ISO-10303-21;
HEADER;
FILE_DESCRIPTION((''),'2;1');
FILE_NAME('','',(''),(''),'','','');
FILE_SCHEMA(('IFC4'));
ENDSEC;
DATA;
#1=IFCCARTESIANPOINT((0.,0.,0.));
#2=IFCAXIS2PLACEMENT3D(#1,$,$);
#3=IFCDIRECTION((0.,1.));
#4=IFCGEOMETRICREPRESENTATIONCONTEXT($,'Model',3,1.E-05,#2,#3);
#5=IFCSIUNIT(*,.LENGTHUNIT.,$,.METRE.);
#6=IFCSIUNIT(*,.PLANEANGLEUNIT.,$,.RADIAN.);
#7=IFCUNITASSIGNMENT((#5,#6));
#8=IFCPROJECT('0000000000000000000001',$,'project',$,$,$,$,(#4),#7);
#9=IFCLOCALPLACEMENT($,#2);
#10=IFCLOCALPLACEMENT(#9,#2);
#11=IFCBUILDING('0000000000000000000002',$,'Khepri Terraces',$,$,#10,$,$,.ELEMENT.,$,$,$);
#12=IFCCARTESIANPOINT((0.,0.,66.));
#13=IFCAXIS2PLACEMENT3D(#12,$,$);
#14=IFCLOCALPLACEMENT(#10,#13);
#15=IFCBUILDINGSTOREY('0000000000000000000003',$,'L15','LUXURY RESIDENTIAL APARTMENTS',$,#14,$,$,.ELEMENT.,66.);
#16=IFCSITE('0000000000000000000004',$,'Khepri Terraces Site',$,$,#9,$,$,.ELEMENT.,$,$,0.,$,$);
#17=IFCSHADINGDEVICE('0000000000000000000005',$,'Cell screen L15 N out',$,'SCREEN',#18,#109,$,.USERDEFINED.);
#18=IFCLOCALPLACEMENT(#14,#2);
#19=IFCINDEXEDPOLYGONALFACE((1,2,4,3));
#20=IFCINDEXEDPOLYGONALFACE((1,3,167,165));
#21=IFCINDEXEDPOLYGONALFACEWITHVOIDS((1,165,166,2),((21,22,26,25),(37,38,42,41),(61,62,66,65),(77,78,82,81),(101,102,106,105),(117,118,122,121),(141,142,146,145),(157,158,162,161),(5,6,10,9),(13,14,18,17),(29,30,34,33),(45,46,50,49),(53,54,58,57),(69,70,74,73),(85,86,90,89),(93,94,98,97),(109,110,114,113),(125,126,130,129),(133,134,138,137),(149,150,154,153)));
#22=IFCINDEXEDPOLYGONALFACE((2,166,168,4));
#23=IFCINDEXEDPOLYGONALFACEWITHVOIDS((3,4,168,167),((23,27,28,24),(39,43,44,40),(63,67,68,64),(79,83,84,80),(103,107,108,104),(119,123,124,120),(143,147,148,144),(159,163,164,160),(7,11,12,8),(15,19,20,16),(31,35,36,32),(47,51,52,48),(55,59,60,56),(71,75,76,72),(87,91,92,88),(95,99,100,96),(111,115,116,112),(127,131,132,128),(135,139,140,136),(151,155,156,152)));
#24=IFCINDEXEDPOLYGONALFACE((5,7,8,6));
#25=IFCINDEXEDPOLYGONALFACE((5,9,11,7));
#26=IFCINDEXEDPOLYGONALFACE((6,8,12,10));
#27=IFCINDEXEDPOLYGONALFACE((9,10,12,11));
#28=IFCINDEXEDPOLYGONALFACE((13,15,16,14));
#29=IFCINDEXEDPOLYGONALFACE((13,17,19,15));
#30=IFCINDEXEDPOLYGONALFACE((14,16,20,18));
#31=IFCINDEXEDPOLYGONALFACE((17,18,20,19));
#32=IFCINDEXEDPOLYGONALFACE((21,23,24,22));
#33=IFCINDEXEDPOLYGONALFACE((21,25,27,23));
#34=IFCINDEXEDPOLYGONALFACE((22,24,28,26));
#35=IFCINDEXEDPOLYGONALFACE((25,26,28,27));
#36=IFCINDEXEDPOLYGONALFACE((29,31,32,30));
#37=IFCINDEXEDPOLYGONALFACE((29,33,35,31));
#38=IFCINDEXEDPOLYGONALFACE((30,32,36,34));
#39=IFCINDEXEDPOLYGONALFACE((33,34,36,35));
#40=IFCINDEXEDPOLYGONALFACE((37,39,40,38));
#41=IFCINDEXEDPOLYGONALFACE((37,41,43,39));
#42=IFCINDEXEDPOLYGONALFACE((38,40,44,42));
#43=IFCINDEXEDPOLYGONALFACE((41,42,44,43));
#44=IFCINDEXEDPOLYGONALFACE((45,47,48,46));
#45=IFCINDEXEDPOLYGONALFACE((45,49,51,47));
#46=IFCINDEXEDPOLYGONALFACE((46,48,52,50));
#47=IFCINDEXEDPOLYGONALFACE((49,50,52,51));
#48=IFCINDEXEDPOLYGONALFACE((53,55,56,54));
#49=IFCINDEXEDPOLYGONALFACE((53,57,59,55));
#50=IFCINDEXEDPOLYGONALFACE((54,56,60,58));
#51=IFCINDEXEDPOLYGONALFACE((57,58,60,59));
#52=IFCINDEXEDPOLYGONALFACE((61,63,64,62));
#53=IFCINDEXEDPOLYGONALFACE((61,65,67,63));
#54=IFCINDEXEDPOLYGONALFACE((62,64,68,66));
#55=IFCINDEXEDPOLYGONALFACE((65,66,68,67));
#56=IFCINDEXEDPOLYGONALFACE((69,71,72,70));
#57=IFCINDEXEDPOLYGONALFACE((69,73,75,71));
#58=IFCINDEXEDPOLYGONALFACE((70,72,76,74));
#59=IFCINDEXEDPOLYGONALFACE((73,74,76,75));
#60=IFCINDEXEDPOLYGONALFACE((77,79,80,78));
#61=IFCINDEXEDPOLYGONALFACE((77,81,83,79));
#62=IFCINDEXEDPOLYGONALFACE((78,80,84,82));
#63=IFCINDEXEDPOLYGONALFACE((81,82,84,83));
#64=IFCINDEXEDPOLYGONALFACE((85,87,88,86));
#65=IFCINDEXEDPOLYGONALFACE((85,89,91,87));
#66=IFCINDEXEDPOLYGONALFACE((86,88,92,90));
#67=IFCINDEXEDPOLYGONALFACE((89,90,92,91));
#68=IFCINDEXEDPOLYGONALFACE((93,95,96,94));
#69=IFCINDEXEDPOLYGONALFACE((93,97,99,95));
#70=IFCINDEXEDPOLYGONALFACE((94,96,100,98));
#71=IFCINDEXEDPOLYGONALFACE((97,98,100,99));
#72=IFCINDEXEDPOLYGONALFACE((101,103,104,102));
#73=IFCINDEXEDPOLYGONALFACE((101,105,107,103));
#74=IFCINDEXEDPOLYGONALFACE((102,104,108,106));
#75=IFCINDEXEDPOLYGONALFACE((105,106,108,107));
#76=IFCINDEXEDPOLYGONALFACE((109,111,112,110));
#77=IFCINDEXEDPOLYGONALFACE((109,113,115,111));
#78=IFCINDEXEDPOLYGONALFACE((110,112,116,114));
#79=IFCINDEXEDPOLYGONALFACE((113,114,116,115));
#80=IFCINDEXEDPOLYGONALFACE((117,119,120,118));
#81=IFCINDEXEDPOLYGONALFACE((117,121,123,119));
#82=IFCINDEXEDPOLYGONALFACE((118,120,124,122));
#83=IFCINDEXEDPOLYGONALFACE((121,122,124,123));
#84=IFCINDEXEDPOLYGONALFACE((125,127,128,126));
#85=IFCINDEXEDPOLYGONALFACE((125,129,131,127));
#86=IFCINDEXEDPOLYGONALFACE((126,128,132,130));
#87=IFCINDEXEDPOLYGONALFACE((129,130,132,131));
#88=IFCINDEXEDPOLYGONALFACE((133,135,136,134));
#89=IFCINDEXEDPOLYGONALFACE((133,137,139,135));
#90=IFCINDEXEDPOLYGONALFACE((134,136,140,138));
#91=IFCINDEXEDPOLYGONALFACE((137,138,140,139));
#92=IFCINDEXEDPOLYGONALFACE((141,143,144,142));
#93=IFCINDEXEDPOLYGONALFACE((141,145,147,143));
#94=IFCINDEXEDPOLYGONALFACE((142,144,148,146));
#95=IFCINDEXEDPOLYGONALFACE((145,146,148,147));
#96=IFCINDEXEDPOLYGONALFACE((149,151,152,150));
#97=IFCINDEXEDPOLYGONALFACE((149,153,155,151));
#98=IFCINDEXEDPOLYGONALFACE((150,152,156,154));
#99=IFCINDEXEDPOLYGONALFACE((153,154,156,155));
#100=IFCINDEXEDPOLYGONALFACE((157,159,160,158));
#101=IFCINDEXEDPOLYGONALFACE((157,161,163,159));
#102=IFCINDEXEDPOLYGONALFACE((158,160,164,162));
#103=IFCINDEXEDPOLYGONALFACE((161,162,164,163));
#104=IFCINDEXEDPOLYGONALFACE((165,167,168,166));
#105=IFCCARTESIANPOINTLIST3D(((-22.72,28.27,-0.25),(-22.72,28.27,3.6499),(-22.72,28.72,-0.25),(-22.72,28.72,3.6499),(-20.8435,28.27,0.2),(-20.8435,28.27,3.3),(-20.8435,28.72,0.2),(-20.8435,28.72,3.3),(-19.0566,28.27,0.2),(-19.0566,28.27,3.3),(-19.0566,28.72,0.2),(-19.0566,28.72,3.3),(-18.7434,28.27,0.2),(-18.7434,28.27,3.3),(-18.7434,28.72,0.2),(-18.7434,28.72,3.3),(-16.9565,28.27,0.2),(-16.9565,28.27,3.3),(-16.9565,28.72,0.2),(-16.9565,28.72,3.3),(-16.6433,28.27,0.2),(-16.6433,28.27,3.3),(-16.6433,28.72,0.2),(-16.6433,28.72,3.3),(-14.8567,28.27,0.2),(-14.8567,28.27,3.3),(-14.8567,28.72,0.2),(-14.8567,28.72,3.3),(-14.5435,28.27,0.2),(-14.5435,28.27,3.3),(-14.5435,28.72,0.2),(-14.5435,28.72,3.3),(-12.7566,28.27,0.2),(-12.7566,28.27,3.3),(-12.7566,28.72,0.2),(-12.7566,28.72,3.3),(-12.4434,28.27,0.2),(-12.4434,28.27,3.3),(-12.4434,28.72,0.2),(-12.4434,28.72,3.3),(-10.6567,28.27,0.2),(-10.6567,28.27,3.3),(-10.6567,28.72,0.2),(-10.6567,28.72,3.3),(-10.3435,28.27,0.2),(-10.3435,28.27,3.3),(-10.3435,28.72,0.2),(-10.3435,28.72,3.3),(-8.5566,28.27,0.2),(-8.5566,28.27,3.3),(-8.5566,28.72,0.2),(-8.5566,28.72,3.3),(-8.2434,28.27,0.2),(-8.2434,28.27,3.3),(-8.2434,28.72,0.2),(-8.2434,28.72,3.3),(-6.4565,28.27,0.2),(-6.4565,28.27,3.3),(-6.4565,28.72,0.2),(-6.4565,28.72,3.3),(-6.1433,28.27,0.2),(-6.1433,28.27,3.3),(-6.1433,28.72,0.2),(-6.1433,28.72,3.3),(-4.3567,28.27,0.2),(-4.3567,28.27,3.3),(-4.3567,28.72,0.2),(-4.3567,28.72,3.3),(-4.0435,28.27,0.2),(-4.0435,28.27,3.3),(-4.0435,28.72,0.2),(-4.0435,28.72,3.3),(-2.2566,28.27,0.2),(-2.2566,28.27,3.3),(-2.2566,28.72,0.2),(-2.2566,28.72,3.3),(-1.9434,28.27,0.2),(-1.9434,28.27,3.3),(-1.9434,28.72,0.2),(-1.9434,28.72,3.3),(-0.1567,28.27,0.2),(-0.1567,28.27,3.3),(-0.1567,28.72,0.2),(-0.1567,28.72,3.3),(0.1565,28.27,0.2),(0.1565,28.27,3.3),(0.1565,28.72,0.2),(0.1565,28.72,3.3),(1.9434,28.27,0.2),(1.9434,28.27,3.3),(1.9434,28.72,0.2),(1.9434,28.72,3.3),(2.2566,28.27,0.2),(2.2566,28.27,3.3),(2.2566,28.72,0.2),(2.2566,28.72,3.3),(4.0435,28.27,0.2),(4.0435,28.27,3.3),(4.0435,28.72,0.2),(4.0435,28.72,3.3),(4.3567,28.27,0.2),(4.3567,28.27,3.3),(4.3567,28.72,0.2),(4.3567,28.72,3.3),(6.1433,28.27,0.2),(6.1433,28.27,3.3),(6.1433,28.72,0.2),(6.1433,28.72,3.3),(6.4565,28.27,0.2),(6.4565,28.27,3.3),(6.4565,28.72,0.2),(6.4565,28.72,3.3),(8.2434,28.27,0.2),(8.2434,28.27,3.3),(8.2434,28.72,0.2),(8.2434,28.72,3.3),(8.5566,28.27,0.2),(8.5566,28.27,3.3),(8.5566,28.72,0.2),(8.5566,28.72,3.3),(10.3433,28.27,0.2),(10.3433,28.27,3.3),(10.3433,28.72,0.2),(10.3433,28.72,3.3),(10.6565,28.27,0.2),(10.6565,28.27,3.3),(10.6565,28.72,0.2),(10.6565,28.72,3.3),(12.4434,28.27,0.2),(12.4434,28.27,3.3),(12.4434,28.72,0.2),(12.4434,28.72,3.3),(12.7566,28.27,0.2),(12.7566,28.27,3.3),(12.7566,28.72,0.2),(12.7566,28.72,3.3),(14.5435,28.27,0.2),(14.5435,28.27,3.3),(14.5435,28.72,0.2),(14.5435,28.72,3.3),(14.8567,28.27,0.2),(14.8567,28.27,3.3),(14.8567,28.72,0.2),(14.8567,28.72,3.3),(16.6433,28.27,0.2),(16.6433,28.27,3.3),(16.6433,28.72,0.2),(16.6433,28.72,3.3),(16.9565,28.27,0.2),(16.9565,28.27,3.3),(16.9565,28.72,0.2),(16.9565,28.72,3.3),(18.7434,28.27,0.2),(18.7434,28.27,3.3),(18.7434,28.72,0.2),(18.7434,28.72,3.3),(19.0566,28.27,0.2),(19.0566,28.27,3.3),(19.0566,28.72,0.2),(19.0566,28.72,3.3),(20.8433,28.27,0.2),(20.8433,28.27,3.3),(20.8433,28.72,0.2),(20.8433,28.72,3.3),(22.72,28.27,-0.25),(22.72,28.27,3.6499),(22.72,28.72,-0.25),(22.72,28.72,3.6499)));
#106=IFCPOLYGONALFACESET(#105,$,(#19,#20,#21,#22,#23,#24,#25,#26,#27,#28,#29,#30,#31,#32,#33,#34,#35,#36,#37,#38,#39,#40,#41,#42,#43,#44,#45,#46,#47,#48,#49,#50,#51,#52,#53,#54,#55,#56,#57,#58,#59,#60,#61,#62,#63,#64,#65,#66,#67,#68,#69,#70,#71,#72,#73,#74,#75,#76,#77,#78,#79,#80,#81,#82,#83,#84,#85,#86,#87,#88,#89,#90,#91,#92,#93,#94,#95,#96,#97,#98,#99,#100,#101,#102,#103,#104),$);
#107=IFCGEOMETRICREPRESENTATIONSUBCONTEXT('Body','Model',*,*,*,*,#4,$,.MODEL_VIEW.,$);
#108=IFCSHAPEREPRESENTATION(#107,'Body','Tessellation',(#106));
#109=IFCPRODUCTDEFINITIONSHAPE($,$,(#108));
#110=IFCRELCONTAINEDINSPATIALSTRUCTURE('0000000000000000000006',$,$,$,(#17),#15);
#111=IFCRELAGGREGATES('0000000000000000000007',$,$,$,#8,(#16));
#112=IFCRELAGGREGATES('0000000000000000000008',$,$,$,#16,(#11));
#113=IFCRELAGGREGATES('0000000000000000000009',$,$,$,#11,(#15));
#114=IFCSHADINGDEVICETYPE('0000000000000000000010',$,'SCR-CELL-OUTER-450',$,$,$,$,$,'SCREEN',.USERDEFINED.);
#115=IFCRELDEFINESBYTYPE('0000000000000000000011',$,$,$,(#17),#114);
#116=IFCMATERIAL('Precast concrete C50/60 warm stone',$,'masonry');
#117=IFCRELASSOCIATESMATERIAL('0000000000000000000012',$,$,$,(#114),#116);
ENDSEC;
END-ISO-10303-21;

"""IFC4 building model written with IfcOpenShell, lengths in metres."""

from ifc_helpers import new_model, si_unit, direction, frame, origin, place, context, subcontext, project, spatial, polyline, outline, extrude, material, type_object, element, save


model = new_model("IFC4")

# Units and contexts
model_context = context("Model", 3, precision=1e-05, world=origin(), true_north=direction((0.0, 1.0)))
body_context = subcontext(model_context, "Body", "Model", "MODEL_VIEW")
ifc_project = project(units=[si_unit("LENGTHUNIT", "METRE"), si_unit("PLANEANGLEUNIT", "RADIAN")], contexts=[model_context])

# Site, building, storey
site_placement = place(None, origin())
site = spatial("IfcSite", under=ifc_project, at=site_placement, Name="Khepri Terraces Site", CompositionType="ELEMENT", RefElevation=0.0)
building_placement = place(site_placement, origin())
building = spatial("IfcBuilding", under=site, at=building_placement, Name="Khepri Terraces", CompositionType="ELEMENT")
storey_placement = place(building_placement, frame((0.0, 0.0, 66.0)))
storey = spatial("IfcBuildingStorey", under=building, at=storey_placement, Name="L15", Description="LUXURY RESIDENTIAL APARTMENTS", CompositionType="ELEMENT", Elevation=66.0)

# Shared definitions
ifc_material_1 = material(Name="Precast concrete C50/60 warm stone", Category="masonry")

# Shading device
shading_device_type_1 = type_object("IfcShadingDeviceType", Name="SCR-CELL-OUTER-450", ElementType="SCREEN", PredefinedType="USERDEFINED", material=ifc_material_1)
shading_device_1_placement = place(storey_placement, frame((22.72, 28.27, -0.25), z_axis=(0.0, 1.0, 0.0), x_axis=(-1.0, 0.0, 0.0)))
element("IfcShadingDevice", 1, at=shading_device_1_placement, inside=storey, type_object=shading_device_type_1, Name="Cell screen L15 N out", ObjectType="SCREEN", PredefinedType="USERDEFINED", context=body_context, shape_type="SweptSolid", body=[
    extrude(outline(polyline([(0.0, 0.0), (45.4399, 0.0), (45.4399, 3.8999), (0.0, 3.8999), (0.0, 0.0)]), holes=[polyline([(1.8767, 0.45), (3.6633, 0.45), (3.6633, 3.55), (1.8767, 3.55), (1.8767, 0.45)]), polyline([(3.9766, 0.45), (5.7634, 0.45), (5.7634, 3.55), (3.9766, 3.55), (3.9766, 0.45)]), polyline([(6.0767, 0.45), (7.8633, 0.45), (7.8633, 3.55), (6.0767, 3.55), (6.0767, 0.45)]), polyline([(8.1765, 0.45), (9.9634, 0.45), (9.9634, 3.55), (8.1765, 3.55), (8.1765, 0.45)]), polyline([(10.2766, 0.45), (12.0635, 0.45), (12.0635, 3.55), (10.2766, 3.55), (10.2766, 0.45)]), polyline([(12.3767, 0.45), (14.1633, 0.45), (14.1633, 3.55), (12.3767, 3.55), (12.3767, 0.45)]), polyline([(14.4766, 0.45), (16.2634, 0.45), (16.2634, 3.55), (14.4766, 3.55), (14.4766, 0.45)]), polyline([(16.5767, 0.45), (18.3633, 0.45), (18.3633, 3.55), (16.5767, 3.55), (16.5767, 0.45)]), polyline([(18.6765, 0.45), (20.4634, 0.45), (20.4634, 3.55), (18.6765, 3.55), (18.6765, 0.45)]), polyline([(20.7766, 0.45), (22.5635, 0.45), (22.5635, 3.55), (20.7766, 3.55), (20.7766, 0.45)]), polyline([(22.8767, 0.45), (24.6633, 0.45), (24.6633, 3.55), (22.8767, 3.55), (22.8767, 0.45)]), polyline([(24.9766, 0.45), (26.7634, 0.45), (26.7634, 3.55), (24.9766, 3.55), (24.9766, 0.45)]), polyline([(27.0767, 0.45), (28.8633, 0.45), (28.8633, 3.55), (27.0767, 3.55), (27.0767, 0.45)]), polyline([(29.1765, 0.45), (30.9634, 0.45), (30.9634, 3.55), (29.1765, 3.55), (29.1765, 0.45)]), polyline([(31.2766, 0.45), (33.0635, 0.45), (33.0635, 3.55), (31.2766, 3.55), (31.2766, 0.45)]), polyline([(33.3767, 0.45), (35.1633, 0.45), (35.1633, 3.55), (33.3767, 3.55), (33.3767, 0.45)]), polyline([(35.4766, 0.45), (37.2634, 0.45), (37.2634, 3.55), (35.4766, 3.55), (35.4766, 0.45)]), polyline([(37.5767, 0.45), (39.3633, 0.45), (39.3633, 3.55), (37.5767, 3.55), (37.5767, 0.45)]), polyline([(39.6765, 0.45), (41.4634, 0.45), (41.4634, 3.55), (39.6765, 3.55), (39.6765, 0.45)]), polyline([(41.7766, 0.45), (43.5635, 0.45), (43.5635, 3.55), (41.7766, 3.55), (41.7766, 0.45)])]), origin(), (0.0, 0.0, 1.0), 0.45),
])

save(model, "model.ifc")
